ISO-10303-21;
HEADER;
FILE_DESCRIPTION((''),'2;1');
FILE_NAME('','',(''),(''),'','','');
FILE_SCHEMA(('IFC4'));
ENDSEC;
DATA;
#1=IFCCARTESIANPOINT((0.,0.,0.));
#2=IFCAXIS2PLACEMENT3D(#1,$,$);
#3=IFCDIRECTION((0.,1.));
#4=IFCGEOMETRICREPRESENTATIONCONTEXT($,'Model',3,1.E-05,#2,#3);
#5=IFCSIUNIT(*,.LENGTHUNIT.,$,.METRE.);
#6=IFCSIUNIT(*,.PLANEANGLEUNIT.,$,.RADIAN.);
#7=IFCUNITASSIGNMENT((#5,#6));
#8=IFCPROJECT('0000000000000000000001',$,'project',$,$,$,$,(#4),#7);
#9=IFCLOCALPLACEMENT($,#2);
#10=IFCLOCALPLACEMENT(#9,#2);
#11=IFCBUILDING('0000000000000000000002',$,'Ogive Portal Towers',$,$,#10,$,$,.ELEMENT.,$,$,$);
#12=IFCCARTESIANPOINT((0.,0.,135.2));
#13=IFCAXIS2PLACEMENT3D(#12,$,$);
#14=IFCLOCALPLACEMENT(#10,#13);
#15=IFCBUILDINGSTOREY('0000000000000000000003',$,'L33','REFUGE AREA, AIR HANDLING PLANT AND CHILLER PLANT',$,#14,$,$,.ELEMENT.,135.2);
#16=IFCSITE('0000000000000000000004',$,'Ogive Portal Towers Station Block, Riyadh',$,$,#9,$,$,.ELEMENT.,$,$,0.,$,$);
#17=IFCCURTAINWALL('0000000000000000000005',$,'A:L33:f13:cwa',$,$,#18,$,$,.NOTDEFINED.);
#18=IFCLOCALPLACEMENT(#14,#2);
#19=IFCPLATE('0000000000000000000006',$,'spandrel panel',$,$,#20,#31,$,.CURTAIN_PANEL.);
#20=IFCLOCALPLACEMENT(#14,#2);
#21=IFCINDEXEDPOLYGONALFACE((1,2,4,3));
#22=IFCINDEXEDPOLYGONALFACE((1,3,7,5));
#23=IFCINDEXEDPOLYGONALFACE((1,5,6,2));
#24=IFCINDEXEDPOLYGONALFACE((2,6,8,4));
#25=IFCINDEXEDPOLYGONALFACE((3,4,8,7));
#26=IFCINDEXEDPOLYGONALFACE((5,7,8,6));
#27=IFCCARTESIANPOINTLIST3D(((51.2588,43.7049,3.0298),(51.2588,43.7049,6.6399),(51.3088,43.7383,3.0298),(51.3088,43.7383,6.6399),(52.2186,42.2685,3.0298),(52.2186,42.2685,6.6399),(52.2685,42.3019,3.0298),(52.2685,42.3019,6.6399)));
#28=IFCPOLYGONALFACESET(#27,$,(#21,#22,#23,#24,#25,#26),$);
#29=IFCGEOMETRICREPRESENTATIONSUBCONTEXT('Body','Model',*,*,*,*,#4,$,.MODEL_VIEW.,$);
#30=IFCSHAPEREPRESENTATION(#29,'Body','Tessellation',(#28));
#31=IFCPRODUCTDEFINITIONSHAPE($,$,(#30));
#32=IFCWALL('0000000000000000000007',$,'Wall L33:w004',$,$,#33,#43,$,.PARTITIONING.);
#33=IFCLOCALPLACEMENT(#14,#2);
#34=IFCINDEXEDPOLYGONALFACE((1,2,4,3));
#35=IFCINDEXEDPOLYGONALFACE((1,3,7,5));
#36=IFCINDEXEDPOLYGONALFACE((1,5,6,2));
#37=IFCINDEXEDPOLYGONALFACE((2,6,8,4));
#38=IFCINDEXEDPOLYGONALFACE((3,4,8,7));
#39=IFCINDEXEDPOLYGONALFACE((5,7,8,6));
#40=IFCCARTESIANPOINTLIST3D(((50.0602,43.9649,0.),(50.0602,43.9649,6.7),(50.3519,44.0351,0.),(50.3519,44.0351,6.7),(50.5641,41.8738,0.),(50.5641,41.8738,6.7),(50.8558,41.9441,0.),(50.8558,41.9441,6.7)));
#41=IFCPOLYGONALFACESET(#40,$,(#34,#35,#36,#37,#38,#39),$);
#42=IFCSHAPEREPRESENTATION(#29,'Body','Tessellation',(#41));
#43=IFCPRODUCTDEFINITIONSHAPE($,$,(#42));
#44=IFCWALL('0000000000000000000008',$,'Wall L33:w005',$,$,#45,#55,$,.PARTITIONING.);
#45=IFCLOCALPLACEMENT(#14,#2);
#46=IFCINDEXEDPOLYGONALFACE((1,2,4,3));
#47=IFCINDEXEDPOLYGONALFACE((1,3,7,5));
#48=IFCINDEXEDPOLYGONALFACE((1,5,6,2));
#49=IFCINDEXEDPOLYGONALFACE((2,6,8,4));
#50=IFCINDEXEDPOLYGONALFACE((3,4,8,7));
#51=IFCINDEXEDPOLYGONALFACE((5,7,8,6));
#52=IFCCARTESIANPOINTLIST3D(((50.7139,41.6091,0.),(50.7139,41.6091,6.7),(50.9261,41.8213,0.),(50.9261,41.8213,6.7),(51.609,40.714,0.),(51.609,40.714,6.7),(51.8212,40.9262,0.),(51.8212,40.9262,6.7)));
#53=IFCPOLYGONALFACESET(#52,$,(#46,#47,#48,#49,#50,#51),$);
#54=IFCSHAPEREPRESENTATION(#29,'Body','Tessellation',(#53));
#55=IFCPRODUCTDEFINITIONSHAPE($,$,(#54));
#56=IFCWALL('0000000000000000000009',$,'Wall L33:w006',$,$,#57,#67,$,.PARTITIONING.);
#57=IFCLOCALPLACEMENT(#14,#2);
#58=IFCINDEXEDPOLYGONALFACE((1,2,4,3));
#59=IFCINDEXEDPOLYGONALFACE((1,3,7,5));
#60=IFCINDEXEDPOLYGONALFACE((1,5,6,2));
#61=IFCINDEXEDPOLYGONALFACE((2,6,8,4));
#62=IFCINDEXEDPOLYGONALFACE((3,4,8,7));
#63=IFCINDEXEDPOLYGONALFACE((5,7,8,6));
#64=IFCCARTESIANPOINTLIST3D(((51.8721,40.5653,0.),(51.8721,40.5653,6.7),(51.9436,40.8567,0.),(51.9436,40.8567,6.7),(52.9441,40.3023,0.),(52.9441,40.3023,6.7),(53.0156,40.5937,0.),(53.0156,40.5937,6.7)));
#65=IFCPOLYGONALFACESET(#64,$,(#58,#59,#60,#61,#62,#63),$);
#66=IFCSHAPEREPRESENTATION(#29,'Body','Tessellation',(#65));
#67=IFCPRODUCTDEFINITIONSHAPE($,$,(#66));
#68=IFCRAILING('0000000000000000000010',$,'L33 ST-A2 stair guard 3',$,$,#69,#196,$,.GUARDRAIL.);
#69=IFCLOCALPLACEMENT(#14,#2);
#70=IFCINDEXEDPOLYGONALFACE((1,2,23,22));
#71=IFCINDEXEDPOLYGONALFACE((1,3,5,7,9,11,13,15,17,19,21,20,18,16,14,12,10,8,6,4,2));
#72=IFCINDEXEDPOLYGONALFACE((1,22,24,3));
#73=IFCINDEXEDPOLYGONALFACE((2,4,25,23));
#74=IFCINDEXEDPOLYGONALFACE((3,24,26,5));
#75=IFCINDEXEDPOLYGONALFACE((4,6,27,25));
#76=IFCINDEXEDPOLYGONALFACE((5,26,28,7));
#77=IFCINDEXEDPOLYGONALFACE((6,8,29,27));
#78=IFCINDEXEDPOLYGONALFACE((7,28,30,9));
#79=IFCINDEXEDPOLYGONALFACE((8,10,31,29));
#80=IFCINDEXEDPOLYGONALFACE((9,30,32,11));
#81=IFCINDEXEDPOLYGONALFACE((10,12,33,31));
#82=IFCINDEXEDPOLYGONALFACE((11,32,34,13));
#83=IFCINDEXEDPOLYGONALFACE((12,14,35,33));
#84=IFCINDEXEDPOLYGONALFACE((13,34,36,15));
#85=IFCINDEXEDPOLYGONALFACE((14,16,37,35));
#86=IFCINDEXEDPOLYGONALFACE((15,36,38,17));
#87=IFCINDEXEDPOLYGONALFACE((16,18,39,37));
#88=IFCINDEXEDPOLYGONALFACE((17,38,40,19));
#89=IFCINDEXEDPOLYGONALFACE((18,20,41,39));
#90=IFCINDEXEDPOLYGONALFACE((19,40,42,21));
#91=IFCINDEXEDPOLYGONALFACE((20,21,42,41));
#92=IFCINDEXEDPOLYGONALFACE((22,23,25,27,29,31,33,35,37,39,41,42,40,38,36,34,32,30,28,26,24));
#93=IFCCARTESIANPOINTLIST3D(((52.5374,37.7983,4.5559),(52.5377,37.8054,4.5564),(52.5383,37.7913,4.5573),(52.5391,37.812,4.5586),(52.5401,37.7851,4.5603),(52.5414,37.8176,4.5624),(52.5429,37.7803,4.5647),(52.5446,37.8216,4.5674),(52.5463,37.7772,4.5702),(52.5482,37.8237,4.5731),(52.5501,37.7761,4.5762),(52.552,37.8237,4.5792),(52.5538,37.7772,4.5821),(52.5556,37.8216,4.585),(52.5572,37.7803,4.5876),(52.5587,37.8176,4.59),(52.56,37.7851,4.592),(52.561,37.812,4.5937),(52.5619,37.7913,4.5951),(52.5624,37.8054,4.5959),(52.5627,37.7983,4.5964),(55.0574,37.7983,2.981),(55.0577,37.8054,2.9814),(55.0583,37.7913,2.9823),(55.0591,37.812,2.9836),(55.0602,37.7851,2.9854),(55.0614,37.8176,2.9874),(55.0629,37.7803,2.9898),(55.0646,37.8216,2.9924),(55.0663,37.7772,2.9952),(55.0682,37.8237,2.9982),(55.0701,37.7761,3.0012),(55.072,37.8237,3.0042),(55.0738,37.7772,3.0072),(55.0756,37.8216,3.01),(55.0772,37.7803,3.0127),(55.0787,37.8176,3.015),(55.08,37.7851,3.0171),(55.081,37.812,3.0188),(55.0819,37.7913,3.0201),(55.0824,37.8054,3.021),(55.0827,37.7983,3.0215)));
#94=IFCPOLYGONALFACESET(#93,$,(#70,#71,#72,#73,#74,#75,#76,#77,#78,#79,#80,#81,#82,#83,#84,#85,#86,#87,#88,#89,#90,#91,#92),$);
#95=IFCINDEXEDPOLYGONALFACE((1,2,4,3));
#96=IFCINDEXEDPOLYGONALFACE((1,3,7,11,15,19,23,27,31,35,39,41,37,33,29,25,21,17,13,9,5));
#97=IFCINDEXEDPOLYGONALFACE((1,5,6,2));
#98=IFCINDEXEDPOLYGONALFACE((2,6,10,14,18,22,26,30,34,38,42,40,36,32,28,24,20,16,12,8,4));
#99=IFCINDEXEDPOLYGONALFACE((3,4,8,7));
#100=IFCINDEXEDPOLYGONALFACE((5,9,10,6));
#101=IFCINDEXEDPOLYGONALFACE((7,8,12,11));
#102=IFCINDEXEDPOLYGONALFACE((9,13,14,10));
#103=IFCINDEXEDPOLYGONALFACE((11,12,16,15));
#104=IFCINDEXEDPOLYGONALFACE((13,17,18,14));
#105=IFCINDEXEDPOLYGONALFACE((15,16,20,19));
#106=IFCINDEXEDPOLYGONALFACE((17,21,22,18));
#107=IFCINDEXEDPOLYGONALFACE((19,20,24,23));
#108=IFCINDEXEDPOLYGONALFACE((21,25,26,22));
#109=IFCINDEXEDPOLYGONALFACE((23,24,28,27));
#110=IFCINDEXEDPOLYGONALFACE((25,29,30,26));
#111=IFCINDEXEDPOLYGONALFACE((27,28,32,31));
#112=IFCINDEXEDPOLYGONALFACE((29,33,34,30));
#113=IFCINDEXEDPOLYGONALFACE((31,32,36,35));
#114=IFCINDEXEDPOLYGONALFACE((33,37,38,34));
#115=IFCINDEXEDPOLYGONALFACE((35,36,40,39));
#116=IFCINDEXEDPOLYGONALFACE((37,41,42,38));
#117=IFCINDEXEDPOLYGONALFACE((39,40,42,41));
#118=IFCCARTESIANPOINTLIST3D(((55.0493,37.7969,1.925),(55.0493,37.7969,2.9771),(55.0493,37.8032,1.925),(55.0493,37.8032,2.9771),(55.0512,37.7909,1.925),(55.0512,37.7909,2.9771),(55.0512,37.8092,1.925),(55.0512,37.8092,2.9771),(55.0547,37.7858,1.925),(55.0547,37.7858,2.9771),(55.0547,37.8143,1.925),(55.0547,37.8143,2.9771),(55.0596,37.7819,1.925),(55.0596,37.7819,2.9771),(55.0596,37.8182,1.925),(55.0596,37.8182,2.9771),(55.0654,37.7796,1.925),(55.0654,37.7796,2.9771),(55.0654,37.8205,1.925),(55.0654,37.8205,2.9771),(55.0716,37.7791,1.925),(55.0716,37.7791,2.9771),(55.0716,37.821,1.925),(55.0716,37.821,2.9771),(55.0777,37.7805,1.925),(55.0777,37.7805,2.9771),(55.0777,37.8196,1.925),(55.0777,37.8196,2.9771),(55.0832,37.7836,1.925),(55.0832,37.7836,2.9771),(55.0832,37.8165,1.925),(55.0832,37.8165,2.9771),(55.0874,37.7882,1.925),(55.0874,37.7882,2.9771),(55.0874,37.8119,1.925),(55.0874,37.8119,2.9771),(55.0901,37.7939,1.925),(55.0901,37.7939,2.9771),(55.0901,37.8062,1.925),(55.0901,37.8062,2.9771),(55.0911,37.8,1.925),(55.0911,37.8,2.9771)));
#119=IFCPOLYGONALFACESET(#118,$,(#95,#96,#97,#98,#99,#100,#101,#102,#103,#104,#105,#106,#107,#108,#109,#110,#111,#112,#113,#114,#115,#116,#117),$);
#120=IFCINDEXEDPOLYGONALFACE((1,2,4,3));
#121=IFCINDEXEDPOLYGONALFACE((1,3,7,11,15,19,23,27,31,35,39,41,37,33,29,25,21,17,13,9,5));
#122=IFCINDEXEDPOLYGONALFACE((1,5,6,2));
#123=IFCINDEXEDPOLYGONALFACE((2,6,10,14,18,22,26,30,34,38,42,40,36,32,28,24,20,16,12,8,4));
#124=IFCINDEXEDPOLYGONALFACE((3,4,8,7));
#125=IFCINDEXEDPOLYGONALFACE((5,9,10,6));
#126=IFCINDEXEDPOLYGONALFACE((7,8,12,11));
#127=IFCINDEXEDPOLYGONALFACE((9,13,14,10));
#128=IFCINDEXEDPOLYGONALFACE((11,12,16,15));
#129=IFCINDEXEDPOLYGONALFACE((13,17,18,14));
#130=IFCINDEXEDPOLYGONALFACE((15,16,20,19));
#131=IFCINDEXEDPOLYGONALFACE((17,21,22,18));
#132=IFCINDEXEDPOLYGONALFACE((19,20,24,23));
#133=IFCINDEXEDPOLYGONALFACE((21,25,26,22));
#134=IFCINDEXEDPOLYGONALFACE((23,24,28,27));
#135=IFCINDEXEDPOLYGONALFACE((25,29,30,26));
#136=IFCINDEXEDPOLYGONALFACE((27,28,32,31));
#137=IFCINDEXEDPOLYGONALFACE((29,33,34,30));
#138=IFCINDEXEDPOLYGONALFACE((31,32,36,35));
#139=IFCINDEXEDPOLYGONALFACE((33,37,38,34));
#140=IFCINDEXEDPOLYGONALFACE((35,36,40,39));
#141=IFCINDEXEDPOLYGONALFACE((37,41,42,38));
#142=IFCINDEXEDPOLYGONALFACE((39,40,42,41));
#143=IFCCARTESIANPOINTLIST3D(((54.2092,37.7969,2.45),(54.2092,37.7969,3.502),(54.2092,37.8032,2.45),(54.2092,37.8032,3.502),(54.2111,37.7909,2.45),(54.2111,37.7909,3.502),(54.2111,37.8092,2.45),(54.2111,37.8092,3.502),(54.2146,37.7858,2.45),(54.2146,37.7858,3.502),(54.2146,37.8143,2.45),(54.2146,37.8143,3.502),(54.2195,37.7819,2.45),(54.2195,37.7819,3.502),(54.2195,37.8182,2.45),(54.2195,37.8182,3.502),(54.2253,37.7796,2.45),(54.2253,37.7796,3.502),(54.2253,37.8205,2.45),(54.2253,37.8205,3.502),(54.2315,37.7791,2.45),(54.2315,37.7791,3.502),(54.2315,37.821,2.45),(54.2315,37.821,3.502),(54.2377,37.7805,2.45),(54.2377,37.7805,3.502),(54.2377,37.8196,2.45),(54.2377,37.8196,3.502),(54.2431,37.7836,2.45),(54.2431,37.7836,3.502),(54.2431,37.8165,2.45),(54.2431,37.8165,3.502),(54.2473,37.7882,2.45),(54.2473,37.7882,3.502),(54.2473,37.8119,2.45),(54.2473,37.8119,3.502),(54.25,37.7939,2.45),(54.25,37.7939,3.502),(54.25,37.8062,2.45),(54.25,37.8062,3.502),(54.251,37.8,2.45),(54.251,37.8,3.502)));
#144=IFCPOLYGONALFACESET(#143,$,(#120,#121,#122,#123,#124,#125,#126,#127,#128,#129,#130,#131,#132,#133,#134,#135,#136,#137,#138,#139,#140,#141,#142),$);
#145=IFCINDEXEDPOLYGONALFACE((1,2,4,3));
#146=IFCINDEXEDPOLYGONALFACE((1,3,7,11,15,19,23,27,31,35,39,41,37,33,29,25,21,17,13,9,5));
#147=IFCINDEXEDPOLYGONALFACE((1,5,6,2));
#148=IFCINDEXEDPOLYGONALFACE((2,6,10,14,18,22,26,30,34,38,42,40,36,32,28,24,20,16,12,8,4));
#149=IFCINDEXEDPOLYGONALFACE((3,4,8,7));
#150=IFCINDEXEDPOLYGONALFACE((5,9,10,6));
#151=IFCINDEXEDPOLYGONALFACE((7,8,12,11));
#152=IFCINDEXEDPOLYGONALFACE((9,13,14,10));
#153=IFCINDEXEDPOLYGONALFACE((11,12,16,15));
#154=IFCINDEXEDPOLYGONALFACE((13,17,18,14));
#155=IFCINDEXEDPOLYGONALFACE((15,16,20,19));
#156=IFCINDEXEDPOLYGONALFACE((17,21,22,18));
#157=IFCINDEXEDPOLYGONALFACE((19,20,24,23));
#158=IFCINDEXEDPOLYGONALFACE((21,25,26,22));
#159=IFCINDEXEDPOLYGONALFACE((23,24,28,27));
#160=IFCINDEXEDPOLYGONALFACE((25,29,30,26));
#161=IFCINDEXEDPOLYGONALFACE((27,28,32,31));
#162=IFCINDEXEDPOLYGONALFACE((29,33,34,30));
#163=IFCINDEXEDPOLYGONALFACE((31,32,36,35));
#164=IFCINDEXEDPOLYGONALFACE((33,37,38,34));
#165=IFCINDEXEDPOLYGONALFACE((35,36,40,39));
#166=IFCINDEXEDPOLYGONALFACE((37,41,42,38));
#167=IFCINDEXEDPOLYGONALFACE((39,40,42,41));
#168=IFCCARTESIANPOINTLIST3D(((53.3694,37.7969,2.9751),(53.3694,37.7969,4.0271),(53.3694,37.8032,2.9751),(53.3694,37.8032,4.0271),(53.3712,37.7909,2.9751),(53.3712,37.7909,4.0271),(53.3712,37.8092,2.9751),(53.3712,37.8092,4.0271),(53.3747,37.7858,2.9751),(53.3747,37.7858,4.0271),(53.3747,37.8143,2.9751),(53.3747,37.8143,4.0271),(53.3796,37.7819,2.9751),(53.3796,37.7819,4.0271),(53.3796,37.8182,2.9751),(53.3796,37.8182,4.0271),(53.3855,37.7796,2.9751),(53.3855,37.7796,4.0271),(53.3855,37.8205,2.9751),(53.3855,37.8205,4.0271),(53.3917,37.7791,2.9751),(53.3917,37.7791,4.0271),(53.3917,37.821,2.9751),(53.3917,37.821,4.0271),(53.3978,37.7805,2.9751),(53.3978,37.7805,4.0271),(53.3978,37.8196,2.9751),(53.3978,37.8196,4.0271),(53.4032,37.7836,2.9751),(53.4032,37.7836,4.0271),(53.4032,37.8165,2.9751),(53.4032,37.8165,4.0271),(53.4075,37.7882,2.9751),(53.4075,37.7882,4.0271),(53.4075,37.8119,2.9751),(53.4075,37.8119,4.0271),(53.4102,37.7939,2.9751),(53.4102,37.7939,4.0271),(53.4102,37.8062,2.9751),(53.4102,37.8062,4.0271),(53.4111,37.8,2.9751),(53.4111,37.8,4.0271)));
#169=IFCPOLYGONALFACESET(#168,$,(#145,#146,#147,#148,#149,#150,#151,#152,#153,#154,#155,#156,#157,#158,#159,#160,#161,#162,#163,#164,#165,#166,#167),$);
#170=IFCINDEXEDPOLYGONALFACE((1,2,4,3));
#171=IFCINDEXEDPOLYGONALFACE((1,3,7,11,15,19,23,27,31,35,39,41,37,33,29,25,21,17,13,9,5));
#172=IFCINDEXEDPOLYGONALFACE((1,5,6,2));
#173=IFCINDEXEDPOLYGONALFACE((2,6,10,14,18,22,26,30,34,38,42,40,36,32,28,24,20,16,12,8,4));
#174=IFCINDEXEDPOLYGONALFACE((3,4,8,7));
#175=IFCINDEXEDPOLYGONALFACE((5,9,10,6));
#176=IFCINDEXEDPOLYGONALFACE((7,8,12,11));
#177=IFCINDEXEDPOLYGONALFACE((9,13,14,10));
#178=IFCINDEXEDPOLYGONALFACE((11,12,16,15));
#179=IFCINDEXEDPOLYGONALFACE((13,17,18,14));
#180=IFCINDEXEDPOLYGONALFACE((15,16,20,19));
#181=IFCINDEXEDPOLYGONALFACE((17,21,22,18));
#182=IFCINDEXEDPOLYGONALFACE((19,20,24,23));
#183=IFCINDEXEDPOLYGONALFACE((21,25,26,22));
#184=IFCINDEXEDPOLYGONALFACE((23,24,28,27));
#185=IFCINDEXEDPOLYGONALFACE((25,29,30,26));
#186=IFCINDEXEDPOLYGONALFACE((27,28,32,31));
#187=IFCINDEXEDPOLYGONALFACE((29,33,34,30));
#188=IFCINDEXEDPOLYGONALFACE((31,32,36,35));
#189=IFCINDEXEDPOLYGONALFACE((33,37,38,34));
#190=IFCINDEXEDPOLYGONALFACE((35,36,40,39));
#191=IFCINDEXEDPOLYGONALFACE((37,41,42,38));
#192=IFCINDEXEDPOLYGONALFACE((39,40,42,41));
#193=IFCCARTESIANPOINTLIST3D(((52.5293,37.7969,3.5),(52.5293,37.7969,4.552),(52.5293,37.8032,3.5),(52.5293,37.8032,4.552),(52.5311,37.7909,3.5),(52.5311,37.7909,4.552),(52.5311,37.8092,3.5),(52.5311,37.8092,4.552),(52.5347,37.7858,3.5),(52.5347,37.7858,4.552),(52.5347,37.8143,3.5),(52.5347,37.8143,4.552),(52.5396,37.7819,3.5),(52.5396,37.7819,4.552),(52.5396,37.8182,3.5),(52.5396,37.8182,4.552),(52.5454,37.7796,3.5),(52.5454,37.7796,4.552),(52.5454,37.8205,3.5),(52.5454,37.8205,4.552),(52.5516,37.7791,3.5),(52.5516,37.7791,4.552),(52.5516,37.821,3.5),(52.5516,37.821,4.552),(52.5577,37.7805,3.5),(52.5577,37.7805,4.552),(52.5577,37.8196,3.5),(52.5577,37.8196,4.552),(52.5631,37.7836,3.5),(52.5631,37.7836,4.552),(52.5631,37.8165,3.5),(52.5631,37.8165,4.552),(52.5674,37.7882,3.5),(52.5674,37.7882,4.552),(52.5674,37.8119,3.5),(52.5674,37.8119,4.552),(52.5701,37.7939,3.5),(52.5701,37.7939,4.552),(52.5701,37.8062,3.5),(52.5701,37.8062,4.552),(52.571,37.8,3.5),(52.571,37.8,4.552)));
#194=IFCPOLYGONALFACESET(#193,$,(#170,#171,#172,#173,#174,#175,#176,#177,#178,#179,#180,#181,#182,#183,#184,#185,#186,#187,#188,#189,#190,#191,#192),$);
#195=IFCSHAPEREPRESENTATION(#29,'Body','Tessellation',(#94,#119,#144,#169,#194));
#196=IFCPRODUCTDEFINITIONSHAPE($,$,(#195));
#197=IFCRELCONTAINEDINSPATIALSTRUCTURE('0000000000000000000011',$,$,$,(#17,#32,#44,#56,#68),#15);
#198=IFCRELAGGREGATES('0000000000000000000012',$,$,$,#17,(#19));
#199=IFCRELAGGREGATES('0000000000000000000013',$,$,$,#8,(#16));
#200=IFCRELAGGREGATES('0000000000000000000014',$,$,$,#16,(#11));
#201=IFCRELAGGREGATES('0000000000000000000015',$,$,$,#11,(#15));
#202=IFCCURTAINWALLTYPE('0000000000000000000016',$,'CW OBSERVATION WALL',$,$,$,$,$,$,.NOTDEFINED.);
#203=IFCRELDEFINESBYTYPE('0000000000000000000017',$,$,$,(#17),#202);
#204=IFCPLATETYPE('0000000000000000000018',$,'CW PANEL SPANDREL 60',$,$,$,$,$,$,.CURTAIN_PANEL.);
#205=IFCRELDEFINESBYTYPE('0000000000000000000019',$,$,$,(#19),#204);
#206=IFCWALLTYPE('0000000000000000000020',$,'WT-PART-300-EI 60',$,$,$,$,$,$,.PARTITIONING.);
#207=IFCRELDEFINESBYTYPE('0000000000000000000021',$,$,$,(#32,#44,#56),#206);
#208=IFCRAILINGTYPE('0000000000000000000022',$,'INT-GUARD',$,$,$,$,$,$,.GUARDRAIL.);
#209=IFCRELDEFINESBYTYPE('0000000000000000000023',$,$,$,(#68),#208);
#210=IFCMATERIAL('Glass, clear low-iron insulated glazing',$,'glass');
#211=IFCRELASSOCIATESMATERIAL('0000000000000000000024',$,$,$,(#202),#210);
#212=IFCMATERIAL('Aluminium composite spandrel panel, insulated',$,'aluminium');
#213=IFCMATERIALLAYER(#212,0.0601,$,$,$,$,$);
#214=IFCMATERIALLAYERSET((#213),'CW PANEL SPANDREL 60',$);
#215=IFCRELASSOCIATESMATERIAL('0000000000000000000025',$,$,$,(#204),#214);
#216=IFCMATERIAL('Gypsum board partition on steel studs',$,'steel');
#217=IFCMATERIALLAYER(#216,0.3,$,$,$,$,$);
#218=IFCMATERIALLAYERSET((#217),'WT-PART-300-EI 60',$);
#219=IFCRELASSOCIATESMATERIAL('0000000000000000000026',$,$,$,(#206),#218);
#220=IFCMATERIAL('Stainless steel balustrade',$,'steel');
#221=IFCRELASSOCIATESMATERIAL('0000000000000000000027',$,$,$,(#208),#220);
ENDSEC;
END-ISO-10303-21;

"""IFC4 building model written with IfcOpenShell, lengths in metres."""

from ifc_helpers import new_model, si_unit, direction, frame, frame_2d, origin, origin_2d, place, context, subcontext, project, spatial, rectangle, circle, extrude, material, layer, layer_set, type_object, element, aggregate, save


model = new_model("IFC4")

# Units and contexts
model_context = context("Model", 3, precision=1e-05, world=origin(), true_north=direction((0.0, 1.0)))
body_context = subcontext(model_context, "Body", "Model", "MODEL_VIEW")
ifc_project = project(units=[si_unit("LENGTHUNIT", "METRE"), si_unit("PLANEANGLEUNIT", "RADIAN")], contexts=[model_context])

# Site, building, storey
site_placement = place(None, origin())
site = spatial("IfcSite", under=ifc_project, at=site_placement, Name="Ogive Portal Towers Station Block, Riyadh", CompositionType="ELEMENT", RefElevation=0.0)
building_placement = place(site_placement, origin())
building = spatial("IfcBuilding", under=site, at=building_placement, Name="Ogive Portal Towers", CompositionType="ELEMENT")
storey_placement = place(building_placement, frame((0.0, 0.0, 135.2)))
storey = spatial("IfcBuildingStorey", under=building, at=storey_placement, Name="L33", Description="REFUGE AREA, AIR HANDLING PLANT AND CHILLER PLANT", CompositionType="ELEMENT", Elevation=135.2)

# Shared definitions
ifc_material_1 = material(Name="Glass, clear low-iron insulated glazing", Category="glass")
curtain_wall_type = type_object("IfcCurtainWallType", Name="CW OBSERVATION WALL", PredefinedType="NOTDEFINED", material=ifc_material_1)

# Curtain wall, plate
curtain_wall_1_placement = place(storey_placement, origin())
curtain_wall_1 = element("IfcCurtainWall", 1, at=curtain_wall_1_placement, inside=storey, type_object=curtain_wall_type, Name="A:L33:f13:cwa", PredefinedType="NOTDEFINED")
ifc_material_2 = material(Name="Aluminium composite spandrel panel, insulated", Category="aluminium")
ifc_layer_1 = layer(ifc_material_2, 0.0601)
ifc_layer_set_1 = layer_set([ifc_layer_1], Name="CW PANEL SPANDREL 60")
plate_type = type_object("IfcPlateType", Name="CW PANEL SPANDREL 60", PredefinedType="CURTAIN_PANEL", material=ifc_layer_set_1)
plate_1_placement = place(storey_placement, frame((51.7637, 43.0034, 3.0298), z_axis=(0.0, 0.0, 1.0), x_axis=(-0.55557, 0.83147, 0.0)))
plate_1 = element("IfcPlate", 2, at=plate_1_placement, type_object=plate_type, Name="spandrel panel", PredefinedType="CURTAIN_PANEL", context=body_context, shape_type="SweptSolid", body=[
    extrude(rectangle(XDim=1.7275, YDim=0.0601, at=origin_2d()), origin(), (0.0, 0.0, 1.0), 3.6101),
])
aggregate(curtain_wall_1, [plate_1])

# Walls
ifc_material_3 = material(Name="Gypsum board partition on steel studs", Category="steel")
ifc_layer_2 = layer(ifc_material_3, 0.3)
ifc_layer_set_2 = layer_set([ifc_layer_2], Name="WT-PART-300-EI 60")
wall_type = type_object("IfcWallType", Name="WT-PART-300-EI 60", PredefinedType="PARTITIONING", material=ifc_layer_set_2)
wall_1_placement = place(storey_placement, frame((50.2061, 44.0, 0.0), z_axis=(0.0, 0.0, 1.0), x_axis=(0.234274, -0.972171, 0.0)))
element("IfcWall", 3, at=wall_1_placement, inside=storey, type_object=wall_type, Name="Wall L33:w004", PredefinedType="PARTITIONING", context=body_context, shape_type="SweptSolid", body=[
    extrude(rectangle(XDim=2.1509, YDim=0.3, at=frame_2d((1.0754, 0.0))), origin(), (0.0, 0.0, 1.0), 6.7),
])
wall_2_placement = place(storey_placement, frame((50.8201, 41.7151, 0.0), z_axis=(0.0, 0.0, 1.0), x_axis=(0.707107, -0.707107, 0.0)))
element("IfcWall", 4, at=wall_2_placement, inside=storey, type_object=wall_type, Name="Wall L33:w005", PredefinedType="PARTITIONING", context=body_context, shape_type="SweptSolid", body=[
    extrude(rectangle(XDim=1.2659, YDim=0.3, at=frame_2d((0.6328, 0.0))), origin(), (0.0, 0.0, 1.0), 6.7),
])
wall_3_placement = place(storey_placement, frame((51.908, 40.7109, 0.0), z_axis=(0.0, 0.0, 1.0), x_axis=(0.971213, -0.238214, 0.0)))
element("IfcWall", 5, at=wall_3_placement, inside=storey, type_object=wall_type, Name="Wall L33:w006", PredefinedType="PARTITIONING", context=body_context, shape_type="SweptSolid", body=[
    extrude(rectangle(XDim=1.1038, YDim=0.3, at=frame_2d((0.5518, 0.0))), origin(), (0.0, 0.0, 1.0), 6.7),
])

# Railing
ifc_material_4 = material(Name="Stainless steel balustrade", Category="steel")
railing_type_1 = type_object("IfcRailingType", Name="INT-GUARD", PredefinedType="GUARDRAIL", material=ifc_material_4)
for number, where, name in (
    (6, (55.0701, 37.8, 1.925), "L33 ST-A2 stair guard 3"),
):
    element("IfcRailing", number, at=place(storey_placement, frame(where)), inside=storey, type_object=railing_type_1, Name=name, PredefinedType="GUARDRAIL", context=body_context, shape_type="SweptSolid", body=[
        extrude(circle(Radius=0.0239, at=origin_2d()), frame((0.0, 0.0, 1.0762), z_axis=(-0.848008, 0.0, 0.529984), x_axis=(0.0, -1.0, 0.0)), (0.0, 0.0, 1.0), 2.9717),
        extrude(circle(Radius=0.021, at=origin_2d()), origin(), (0.0, 0.0, 1.0), 1.052),
        extrude(circle(Radius=0.021, at=origin_2d()), frame((-0.8401, 0.0, 0.5249)), (0.0, 0.0, 1.0), 1.052),
        extrude(circle(Radius=0.021, at=origin_2d()), frame((-1.6799, 0.0, 1.05)), (0.0, 0.0, 1.0), 1.052),
        extrude(circle(Radius=0.021, at=origin_2d()), frame((-2.52, 0.0, 1.575)), (0.0, 0.0, 1.0), 1.052),
    ])

save(model, "model.ifc")
